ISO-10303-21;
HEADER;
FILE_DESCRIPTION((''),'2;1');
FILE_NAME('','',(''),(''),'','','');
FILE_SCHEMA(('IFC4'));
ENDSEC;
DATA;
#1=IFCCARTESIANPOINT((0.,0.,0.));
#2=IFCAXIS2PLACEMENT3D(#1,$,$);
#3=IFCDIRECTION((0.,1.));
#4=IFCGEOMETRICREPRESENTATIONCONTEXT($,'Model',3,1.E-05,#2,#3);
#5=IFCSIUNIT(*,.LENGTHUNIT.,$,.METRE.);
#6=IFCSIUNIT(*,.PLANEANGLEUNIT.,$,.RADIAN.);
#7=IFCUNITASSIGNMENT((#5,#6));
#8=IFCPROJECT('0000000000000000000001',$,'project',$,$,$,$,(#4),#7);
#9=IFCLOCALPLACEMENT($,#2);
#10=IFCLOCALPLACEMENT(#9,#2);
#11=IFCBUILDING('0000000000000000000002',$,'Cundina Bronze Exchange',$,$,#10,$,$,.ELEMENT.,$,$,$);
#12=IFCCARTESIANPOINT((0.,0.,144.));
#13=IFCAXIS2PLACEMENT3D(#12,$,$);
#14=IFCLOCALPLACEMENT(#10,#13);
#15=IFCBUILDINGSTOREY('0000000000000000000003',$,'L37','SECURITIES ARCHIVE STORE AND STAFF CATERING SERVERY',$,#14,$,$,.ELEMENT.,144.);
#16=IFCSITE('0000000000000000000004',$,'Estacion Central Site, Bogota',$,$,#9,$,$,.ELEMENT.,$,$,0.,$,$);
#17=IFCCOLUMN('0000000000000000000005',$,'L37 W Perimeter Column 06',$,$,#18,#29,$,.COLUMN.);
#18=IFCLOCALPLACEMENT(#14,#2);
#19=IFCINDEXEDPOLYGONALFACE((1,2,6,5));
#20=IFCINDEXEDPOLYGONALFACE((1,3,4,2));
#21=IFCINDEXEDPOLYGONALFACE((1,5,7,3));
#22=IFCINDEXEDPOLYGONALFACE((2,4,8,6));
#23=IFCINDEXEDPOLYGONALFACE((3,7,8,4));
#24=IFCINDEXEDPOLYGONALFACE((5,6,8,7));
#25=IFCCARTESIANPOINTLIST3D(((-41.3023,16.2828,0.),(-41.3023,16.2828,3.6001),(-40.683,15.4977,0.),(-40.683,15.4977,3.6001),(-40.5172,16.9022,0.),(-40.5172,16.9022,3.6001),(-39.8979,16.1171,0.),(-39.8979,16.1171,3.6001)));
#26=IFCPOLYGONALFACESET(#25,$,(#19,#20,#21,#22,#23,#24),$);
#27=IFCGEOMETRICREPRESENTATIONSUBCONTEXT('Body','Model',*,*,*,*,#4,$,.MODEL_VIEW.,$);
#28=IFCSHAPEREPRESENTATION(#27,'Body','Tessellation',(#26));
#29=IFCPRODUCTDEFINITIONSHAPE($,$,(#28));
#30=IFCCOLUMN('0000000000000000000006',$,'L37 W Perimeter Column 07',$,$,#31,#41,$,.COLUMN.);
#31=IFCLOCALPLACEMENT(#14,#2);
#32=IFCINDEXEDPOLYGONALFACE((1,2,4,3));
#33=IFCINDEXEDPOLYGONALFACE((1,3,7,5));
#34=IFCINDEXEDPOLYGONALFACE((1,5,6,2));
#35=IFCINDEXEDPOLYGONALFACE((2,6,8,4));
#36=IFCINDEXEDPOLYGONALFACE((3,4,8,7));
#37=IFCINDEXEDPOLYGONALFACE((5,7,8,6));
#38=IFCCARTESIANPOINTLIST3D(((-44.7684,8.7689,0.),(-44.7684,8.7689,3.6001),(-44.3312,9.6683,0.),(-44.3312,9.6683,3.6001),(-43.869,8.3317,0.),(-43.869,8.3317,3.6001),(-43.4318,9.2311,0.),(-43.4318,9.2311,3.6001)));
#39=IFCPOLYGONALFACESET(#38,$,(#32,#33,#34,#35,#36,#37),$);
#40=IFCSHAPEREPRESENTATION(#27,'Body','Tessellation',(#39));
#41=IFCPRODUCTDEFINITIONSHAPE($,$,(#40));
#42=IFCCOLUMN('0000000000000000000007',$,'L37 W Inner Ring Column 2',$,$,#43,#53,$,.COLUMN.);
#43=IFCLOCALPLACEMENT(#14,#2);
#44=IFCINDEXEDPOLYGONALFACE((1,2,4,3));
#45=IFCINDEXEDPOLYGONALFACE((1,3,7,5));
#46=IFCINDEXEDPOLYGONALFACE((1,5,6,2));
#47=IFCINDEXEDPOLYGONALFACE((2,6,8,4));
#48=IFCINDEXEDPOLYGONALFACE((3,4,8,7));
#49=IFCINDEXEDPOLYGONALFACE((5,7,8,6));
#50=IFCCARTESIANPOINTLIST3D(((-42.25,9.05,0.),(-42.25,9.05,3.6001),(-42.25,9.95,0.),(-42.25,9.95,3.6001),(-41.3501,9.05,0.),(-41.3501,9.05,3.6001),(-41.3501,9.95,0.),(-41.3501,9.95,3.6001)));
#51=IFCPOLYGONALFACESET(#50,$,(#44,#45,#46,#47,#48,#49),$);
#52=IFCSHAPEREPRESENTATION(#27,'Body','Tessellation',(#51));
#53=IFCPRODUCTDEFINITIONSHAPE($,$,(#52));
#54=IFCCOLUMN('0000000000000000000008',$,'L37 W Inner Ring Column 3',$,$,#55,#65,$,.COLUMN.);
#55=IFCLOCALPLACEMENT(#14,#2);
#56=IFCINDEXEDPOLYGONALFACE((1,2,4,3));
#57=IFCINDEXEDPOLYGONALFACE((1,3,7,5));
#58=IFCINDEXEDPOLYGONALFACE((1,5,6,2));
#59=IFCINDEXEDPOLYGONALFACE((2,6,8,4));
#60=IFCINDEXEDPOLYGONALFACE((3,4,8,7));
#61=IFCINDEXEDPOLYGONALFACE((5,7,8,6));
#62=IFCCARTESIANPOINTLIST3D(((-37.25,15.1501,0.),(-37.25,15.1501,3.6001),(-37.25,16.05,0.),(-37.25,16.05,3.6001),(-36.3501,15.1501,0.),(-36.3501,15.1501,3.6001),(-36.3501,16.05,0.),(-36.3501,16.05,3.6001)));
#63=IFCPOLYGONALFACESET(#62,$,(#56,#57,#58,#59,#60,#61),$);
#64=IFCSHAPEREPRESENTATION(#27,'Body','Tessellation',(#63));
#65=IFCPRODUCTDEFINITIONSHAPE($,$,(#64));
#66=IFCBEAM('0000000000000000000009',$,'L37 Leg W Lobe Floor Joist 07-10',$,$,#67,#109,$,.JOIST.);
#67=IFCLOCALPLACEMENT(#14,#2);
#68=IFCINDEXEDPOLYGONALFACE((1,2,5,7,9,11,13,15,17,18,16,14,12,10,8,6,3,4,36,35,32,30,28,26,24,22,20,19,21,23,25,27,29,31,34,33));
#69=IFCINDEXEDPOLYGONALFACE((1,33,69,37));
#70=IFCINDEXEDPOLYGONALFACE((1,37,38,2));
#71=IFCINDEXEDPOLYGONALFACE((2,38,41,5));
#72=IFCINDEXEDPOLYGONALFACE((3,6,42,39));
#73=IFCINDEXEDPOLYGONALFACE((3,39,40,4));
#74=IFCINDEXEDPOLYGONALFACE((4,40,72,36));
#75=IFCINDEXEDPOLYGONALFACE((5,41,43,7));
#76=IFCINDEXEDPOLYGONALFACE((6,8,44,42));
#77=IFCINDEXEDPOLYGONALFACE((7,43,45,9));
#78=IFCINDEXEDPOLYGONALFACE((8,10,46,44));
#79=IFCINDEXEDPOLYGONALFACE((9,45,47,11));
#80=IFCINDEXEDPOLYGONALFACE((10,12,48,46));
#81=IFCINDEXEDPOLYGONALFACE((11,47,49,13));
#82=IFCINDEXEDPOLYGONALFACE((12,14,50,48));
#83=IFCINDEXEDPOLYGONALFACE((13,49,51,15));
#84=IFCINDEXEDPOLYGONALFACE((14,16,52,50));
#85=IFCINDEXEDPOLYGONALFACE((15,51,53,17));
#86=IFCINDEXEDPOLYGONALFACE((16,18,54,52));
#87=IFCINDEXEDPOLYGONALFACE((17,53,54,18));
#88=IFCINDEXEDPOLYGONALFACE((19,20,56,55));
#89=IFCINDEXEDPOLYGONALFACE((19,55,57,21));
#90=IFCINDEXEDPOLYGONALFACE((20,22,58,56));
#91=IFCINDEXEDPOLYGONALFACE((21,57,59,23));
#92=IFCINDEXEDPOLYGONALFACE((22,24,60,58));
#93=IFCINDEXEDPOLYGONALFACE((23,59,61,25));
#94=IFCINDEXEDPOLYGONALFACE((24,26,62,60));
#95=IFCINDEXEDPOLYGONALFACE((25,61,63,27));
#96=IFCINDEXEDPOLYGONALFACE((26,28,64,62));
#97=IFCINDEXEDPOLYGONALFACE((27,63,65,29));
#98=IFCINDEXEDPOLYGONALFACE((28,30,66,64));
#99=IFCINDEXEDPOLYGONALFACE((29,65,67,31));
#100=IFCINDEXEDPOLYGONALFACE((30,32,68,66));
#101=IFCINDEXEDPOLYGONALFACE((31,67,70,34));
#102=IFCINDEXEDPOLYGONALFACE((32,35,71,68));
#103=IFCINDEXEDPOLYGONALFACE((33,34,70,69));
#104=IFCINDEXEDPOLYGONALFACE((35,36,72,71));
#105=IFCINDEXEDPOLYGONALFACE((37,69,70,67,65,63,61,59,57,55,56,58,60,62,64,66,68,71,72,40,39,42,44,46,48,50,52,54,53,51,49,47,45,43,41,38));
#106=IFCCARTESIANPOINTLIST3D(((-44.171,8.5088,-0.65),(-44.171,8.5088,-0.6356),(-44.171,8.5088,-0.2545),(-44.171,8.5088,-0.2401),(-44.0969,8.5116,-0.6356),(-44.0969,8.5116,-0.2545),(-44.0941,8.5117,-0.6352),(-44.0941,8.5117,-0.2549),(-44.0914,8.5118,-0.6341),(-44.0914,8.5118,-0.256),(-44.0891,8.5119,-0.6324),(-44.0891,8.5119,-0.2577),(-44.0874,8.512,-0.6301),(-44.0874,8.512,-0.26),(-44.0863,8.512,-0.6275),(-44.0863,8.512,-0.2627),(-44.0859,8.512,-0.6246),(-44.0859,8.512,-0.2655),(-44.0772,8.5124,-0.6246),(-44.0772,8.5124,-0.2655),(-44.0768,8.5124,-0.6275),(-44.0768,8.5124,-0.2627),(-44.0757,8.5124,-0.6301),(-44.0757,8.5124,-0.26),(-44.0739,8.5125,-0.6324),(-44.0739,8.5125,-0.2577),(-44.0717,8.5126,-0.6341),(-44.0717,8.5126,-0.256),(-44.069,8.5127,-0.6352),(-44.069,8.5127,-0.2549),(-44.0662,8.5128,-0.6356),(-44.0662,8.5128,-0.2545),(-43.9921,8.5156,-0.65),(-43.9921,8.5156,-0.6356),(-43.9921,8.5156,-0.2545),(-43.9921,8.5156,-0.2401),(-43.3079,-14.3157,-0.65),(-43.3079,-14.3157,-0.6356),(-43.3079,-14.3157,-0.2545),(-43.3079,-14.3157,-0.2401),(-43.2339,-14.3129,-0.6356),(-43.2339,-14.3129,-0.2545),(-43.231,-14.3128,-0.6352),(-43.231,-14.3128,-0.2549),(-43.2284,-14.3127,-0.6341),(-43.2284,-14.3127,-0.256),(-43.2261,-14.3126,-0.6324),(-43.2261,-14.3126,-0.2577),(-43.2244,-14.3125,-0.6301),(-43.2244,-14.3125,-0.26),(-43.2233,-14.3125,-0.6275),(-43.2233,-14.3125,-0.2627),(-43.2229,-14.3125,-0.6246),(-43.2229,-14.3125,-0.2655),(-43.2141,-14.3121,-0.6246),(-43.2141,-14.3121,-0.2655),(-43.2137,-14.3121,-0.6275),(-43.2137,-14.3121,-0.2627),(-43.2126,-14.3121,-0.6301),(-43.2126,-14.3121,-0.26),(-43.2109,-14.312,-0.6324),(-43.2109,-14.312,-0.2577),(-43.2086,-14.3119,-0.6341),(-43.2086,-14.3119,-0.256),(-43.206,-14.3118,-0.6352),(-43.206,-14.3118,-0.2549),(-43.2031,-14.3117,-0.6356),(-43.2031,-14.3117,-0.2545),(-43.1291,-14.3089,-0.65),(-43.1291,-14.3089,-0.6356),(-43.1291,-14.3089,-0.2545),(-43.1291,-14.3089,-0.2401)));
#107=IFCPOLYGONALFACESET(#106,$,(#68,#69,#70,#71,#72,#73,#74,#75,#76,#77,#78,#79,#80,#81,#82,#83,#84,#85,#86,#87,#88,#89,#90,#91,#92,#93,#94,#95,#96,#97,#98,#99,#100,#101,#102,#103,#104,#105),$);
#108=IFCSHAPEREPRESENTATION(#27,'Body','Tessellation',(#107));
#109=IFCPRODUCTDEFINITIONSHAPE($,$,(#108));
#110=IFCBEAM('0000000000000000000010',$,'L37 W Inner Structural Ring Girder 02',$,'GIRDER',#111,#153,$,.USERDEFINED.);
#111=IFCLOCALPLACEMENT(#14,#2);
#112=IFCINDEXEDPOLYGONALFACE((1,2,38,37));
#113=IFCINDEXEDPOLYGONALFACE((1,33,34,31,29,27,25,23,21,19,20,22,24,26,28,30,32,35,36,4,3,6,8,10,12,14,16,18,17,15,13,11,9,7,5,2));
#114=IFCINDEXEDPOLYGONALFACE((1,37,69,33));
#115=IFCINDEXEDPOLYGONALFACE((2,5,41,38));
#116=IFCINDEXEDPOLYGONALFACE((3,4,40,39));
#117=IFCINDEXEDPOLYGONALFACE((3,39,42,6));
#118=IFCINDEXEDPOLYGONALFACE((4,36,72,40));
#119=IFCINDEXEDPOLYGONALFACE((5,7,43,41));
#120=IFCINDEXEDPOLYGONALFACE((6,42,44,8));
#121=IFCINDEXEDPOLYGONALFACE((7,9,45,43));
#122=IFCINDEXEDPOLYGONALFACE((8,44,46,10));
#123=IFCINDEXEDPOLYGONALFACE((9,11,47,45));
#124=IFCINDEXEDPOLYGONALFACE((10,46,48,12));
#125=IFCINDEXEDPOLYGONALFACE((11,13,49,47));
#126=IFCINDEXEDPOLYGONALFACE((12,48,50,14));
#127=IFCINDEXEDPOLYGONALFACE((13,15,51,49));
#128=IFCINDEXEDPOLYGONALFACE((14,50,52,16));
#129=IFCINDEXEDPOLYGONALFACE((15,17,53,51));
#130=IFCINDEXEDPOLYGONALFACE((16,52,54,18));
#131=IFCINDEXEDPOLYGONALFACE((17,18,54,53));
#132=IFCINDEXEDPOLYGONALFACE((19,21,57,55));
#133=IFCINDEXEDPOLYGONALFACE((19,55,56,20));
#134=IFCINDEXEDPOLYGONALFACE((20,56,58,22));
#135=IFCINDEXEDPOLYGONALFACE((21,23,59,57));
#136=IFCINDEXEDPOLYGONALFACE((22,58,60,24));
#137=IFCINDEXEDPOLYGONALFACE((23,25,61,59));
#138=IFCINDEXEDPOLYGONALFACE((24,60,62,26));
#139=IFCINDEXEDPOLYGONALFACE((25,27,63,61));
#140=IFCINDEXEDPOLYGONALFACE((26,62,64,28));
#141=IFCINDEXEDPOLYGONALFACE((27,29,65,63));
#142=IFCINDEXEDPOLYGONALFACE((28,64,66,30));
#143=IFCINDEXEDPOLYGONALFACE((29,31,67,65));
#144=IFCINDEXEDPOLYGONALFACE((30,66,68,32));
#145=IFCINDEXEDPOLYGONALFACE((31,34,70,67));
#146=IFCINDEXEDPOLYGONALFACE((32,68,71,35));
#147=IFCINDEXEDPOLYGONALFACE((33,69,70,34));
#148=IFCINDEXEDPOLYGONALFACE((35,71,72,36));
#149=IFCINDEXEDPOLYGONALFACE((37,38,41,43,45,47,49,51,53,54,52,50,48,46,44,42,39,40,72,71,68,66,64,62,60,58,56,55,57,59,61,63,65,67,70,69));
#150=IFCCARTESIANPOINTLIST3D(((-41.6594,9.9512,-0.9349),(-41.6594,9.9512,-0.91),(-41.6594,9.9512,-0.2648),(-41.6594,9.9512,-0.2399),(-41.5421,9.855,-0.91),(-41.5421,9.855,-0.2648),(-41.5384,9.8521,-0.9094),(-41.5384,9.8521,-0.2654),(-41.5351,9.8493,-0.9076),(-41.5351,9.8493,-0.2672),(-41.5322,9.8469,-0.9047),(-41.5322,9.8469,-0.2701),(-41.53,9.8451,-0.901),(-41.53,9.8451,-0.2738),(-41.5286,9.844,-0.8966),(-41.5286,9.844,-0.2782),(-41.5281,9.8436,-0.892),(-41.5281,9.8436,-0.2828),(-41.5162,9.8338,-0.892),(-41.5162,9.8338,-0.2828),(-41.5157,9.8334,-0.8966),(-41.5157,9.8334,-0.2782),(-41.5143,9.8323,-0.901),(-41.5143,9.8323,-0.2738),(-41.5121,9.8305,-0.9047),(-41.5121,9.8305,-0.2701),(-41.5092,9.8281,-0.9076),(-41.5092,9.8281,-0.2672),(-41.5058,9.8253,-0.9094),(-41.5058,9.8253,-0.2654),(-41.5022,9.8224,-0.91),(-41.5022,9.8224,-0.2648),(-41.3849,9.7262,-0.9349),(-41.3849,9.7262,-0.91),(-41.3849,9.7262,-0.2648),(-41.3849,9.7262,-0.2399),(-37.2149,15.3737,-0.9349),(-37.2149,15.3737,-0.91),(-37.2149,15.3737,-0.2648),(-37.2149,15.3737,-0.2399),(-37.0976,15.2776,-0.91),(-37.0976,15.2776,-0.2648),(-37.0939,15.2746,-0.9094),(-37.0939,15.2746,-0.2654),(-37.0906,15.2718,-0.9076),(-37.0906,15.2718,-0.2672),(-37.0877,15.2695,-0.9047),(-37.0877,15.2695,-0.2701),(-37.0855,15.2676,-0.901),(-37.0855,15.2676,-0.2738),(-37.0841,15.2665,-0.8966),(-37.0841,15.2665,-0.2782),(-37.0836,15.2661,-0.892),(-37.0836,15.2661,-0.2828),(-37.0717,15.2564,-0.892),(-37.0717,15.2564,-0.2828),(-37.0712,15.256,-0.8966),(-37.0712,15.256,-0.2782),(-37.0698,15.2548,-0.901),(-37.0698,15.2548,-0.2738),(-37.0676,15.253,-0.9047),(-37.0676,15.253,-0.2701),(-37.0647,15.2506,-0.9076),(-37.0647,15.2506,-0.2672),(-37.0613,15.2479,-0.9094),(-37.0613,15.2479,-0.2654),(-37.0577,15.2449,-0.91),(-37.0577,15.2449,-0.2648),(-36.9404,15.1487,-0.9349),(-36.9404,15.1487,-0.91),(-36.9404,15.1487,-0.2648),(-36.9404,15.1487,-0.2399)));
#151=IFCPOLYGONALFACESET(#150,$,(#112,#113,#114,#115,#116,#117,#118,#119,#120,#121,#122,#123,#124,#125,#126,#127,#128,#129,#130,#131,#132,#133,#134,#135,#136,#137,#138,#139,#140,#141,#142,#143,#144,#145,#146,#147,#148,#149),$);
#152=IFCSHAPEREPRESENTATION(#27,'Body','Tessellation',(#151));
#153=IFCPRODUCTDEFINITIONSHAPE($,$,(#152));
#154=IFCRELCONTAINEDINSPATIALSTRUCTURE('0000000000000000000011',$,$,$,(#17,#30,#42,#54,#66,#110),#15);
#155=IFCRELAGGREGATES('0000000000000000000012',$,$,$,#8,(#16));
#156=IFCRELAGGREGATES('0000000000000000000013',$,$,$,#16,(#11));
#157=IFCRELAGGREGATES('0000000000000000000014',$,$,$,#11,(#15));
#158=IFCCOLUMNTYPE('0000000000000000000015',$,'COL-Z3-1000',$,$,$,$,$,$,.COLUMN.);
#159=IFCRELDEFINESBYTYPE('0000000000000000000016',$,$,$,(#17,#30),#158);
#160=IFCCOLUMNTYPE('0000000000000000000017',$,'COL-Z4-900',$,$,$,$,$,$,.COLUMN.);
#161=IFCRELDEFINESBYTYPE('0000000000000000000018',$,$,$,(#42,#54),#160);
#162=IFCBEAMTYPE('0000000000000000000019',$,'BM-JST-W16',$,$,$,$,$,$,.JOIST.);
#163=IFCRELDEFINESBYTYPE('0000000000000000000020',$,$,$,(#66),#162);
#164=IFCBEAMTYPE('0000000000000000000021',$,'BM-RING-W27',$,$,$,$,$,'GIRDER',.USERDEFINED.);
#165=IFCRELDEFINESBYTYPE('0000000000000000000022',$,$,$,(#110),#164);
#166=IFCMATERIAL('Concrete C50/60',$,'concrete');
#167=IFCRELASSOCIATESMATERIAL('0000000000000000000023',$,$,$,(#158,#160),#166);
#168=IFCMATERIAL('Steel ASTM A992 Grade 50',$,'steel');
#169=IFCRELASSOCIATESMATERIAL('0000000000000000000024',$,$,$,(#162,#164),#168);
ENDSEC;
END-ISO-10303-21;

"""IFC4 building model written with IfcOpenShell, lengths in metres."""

from ifc_helpers import new_model, si_unit, direction, frame, origin, origin_2d, place, context, subcontext, project, spatial, rectangle, i_section, extrude, material, material_profile, profile_set, type_object, element, save


model = new_model("IFC4")

# Units and contexts
model_context = context("Model", 3, precision=1e-05, world=origin(), true_north=direction((0.0, 1.0)))
body_context = subcontext(model_context, "Body", "Model", "MODEL_VIEW")
ifc_project = project(units=[si_unit("LENGTHUNIT", "METRE"), si_unit("PLANEANGLEUNIT", "RADIAN")], contexts=[model_context])

# Site, building, storey
site_placement = place(None, origin())
site = spatial("IfcSite", under=ifc_project, at=site_placement, Name="Estacion Central Site, Bogota", CompositionType="ELEMENT", RefElevation=0.0)
building_placement = place(site_placement, origin())
building = spatial("IfcBuilding", under=site, at=building_placement, Name="Cundina Bronze Exchange", CompositionType="ELEMENT")
storey_placement = place(building_placement, frame((0.0, 0.0, 144.0)))
storey = spatial("IfcBuildingStorey", under=building, at=storey_placement, Name="L37", Description="SECURITIES ARCHIVE STORE AND STAFF CATERING SERVERY", CompositionType="ELEMENT", Elevation=144.0)

# Columns
ifc_material_1 = material(Name="Concrete C50/60", Category="concrete")
ifc_material_profile_1 = material_profile(ifc_material_1, rectangle(XDim=1.0, YDim=1.0, at=origin_2d()), Name="RC1000X1000", Category="concrete")
ifc_profile_set_1 = profile_set([ifc_material_profile_1], Name="Concrete C50/60")
column_type_1 = type_object("IfcColumnType", Name="COL-Z3-1000", PredefinedType="COLUMN", material=ifc_profile_set_1)
for number, where, z_axis, x_axis, name in (
    (1, (-40.6001, 16.2, 0.0), (0.0, 0.0, 1.0), (-0.785101, -0.619368, 0.0), "L37 W Perimeter Column 06"),
    (2, (-44.1001, 9.0, 0.0), (0.0, 0.0, 1.0), (-0.437116, -0.899405, 0.0), "L37 W Perimeter Column 07"),
):
    element("IfcColumn", number, at=place(storey_placement, frame(where, z_axis=z_axis, x_axis=x_axis)), inside=storey, type_object=column_type_1, Name=name, PredefinedType="COLUMN", context=body_context, shape_type="SweptSolid", body=[
        extrude(rectangle(XDim=1.0, YDim=1.0, at=origin_2d()), origin(), (0.0, 0.0, 1.0), 3.6001),
    ])
ifc_material_profile_2 = material_profile(ifc_material_1, rectangle(XDim=0.8999, YDim=0.8999, at=origin_2d()), Name="RC900X900", Category="concrete")
ifc_profile_set_2 = profile_set([ifc_material_profile_2], Name="Concrete C50/60")
column_type_2 = type_object("IfcColumnType", Name="COL-Z4-900", PredefinedType="COLUMN", material=ifc_profile_set_2)
for number, where, z_axis, x_axis, name in (
    (3, (-41.8, 9.5, 0.0), (0.0, 0.0, 1.0), (1.0, 0.0, 0.0), "L37 W Inner Ring Column 2"),
    (4, (-36.8, 15.6001, 0.0), (0.0, 0.0, 1.0), (1.0, 0.0, 0.0), "L37 W Inner Ring Column 3"),
):
    element("IfcColumn", number, at=place(storey_placement, frame(where, z_axis=z_axis, x_axis=x_axis)), inside=storey, type_object=column_type_2, Name=name, PredefinedType="COLUMN", context=body_context, shape_type="SweptSolid", body=[
        extrude(rectangle(XDim=0.8999, YDim=0.8999, at=origin_2d()), origin(), (0.0, 0.0, 1.0), 3.6001),
    ])

# Beams
ifc_material_2 = material(Name="Steel ASTM A992 Grade 50", Category="steel")
ifc_material_profile_3 = material_profile(ifc_material_2, i_section(OverallWidth=0.179, OverallDepth=0.4099, WebThickness=0.0088, FlangeThickness=0.0144, FilletRadius=0.011, at=origin_2d()), Name="W16X45", Category="steel")
ifc_profile_set_3 = profile_set([ifc_material_profile_3], Name="Steel ASTM A992 Grade 50")
beam_type_1 = type_object("IfcBeamType", Name="BM-JST-W16", PredefinedType="JOIST", material=ifc_profile_set_3)
beam_1_placement = place(storey_placement, frame((-44.0815, 8.5122, -0.4451), z_axis=(0.037785, -0.999286, 0.0), x_axis=(0.999286, 0.037785, 0.0)))
element("IfcBeam", 5, at=beam_1_placement, inside=storey, type_object=beam_type_1, Name="L37 Leg W Lobe Floor Joist 07-10", PredefinedType="JOIST", context=body_context, shape_type="SweptSolid", body=[
    extrude(i_section(OverallWidth=0.179, OverallDepth=0.4099, WebThickness=0.0088, FlangeThickness=0.0144, FilletRadius=0.011, at=origin_2d()), origin(), (0.0, 0.0, 1.0), 22.8408),
])
ifc_material_profile_4 = material_profile(ifc_material_2, i_section(OverallWidth=0.355, OverallDepth=0.6951, WebThickness=0.0154, FlangeThickness=0.0249, FilletRadius=0.0181, at=origin_2d()), Name="W27X146", Category="steel")
ifc_profile_set_4 = profile_set([ifc_material_profile_4], Name="Steel ASTM A992 Grade 50")
beam_type_2 = type_object("IfcBeamType", Name="BM-RING-W27", ElementType="GIRDER", PredefinedType="USERDEFINED", material=ifc_profile_set_4)
beam_2_placement = place(storey_placement, frame((-37.0776, 15.2612, -0.5874), z_axis=(-0.633913, -0.773405, 0.0), x_axis=(0.773405, -0.633913, 0.0)))
element("IfcBeam", 6, at=beam_2_placement, inside=storey, type_object=beam_type_2, Name="L37 W Inner Structural Ring Girder 02", ObjectType="GIRDER", PredefinedType="USERDEFINED", context=body_context, shape_type="SweptSolid", body=[
    extrude(i_section(OverallWidth=0.355, OverallDepth=0.6951, WebThickness=0.0154, FlangeThickness=0.0249, FilletRadius=0.0181, at=origin_2d()), origin(), (0.0, 0.0, 1.0), 7.0112),
])

save(model, "model.ifc")
